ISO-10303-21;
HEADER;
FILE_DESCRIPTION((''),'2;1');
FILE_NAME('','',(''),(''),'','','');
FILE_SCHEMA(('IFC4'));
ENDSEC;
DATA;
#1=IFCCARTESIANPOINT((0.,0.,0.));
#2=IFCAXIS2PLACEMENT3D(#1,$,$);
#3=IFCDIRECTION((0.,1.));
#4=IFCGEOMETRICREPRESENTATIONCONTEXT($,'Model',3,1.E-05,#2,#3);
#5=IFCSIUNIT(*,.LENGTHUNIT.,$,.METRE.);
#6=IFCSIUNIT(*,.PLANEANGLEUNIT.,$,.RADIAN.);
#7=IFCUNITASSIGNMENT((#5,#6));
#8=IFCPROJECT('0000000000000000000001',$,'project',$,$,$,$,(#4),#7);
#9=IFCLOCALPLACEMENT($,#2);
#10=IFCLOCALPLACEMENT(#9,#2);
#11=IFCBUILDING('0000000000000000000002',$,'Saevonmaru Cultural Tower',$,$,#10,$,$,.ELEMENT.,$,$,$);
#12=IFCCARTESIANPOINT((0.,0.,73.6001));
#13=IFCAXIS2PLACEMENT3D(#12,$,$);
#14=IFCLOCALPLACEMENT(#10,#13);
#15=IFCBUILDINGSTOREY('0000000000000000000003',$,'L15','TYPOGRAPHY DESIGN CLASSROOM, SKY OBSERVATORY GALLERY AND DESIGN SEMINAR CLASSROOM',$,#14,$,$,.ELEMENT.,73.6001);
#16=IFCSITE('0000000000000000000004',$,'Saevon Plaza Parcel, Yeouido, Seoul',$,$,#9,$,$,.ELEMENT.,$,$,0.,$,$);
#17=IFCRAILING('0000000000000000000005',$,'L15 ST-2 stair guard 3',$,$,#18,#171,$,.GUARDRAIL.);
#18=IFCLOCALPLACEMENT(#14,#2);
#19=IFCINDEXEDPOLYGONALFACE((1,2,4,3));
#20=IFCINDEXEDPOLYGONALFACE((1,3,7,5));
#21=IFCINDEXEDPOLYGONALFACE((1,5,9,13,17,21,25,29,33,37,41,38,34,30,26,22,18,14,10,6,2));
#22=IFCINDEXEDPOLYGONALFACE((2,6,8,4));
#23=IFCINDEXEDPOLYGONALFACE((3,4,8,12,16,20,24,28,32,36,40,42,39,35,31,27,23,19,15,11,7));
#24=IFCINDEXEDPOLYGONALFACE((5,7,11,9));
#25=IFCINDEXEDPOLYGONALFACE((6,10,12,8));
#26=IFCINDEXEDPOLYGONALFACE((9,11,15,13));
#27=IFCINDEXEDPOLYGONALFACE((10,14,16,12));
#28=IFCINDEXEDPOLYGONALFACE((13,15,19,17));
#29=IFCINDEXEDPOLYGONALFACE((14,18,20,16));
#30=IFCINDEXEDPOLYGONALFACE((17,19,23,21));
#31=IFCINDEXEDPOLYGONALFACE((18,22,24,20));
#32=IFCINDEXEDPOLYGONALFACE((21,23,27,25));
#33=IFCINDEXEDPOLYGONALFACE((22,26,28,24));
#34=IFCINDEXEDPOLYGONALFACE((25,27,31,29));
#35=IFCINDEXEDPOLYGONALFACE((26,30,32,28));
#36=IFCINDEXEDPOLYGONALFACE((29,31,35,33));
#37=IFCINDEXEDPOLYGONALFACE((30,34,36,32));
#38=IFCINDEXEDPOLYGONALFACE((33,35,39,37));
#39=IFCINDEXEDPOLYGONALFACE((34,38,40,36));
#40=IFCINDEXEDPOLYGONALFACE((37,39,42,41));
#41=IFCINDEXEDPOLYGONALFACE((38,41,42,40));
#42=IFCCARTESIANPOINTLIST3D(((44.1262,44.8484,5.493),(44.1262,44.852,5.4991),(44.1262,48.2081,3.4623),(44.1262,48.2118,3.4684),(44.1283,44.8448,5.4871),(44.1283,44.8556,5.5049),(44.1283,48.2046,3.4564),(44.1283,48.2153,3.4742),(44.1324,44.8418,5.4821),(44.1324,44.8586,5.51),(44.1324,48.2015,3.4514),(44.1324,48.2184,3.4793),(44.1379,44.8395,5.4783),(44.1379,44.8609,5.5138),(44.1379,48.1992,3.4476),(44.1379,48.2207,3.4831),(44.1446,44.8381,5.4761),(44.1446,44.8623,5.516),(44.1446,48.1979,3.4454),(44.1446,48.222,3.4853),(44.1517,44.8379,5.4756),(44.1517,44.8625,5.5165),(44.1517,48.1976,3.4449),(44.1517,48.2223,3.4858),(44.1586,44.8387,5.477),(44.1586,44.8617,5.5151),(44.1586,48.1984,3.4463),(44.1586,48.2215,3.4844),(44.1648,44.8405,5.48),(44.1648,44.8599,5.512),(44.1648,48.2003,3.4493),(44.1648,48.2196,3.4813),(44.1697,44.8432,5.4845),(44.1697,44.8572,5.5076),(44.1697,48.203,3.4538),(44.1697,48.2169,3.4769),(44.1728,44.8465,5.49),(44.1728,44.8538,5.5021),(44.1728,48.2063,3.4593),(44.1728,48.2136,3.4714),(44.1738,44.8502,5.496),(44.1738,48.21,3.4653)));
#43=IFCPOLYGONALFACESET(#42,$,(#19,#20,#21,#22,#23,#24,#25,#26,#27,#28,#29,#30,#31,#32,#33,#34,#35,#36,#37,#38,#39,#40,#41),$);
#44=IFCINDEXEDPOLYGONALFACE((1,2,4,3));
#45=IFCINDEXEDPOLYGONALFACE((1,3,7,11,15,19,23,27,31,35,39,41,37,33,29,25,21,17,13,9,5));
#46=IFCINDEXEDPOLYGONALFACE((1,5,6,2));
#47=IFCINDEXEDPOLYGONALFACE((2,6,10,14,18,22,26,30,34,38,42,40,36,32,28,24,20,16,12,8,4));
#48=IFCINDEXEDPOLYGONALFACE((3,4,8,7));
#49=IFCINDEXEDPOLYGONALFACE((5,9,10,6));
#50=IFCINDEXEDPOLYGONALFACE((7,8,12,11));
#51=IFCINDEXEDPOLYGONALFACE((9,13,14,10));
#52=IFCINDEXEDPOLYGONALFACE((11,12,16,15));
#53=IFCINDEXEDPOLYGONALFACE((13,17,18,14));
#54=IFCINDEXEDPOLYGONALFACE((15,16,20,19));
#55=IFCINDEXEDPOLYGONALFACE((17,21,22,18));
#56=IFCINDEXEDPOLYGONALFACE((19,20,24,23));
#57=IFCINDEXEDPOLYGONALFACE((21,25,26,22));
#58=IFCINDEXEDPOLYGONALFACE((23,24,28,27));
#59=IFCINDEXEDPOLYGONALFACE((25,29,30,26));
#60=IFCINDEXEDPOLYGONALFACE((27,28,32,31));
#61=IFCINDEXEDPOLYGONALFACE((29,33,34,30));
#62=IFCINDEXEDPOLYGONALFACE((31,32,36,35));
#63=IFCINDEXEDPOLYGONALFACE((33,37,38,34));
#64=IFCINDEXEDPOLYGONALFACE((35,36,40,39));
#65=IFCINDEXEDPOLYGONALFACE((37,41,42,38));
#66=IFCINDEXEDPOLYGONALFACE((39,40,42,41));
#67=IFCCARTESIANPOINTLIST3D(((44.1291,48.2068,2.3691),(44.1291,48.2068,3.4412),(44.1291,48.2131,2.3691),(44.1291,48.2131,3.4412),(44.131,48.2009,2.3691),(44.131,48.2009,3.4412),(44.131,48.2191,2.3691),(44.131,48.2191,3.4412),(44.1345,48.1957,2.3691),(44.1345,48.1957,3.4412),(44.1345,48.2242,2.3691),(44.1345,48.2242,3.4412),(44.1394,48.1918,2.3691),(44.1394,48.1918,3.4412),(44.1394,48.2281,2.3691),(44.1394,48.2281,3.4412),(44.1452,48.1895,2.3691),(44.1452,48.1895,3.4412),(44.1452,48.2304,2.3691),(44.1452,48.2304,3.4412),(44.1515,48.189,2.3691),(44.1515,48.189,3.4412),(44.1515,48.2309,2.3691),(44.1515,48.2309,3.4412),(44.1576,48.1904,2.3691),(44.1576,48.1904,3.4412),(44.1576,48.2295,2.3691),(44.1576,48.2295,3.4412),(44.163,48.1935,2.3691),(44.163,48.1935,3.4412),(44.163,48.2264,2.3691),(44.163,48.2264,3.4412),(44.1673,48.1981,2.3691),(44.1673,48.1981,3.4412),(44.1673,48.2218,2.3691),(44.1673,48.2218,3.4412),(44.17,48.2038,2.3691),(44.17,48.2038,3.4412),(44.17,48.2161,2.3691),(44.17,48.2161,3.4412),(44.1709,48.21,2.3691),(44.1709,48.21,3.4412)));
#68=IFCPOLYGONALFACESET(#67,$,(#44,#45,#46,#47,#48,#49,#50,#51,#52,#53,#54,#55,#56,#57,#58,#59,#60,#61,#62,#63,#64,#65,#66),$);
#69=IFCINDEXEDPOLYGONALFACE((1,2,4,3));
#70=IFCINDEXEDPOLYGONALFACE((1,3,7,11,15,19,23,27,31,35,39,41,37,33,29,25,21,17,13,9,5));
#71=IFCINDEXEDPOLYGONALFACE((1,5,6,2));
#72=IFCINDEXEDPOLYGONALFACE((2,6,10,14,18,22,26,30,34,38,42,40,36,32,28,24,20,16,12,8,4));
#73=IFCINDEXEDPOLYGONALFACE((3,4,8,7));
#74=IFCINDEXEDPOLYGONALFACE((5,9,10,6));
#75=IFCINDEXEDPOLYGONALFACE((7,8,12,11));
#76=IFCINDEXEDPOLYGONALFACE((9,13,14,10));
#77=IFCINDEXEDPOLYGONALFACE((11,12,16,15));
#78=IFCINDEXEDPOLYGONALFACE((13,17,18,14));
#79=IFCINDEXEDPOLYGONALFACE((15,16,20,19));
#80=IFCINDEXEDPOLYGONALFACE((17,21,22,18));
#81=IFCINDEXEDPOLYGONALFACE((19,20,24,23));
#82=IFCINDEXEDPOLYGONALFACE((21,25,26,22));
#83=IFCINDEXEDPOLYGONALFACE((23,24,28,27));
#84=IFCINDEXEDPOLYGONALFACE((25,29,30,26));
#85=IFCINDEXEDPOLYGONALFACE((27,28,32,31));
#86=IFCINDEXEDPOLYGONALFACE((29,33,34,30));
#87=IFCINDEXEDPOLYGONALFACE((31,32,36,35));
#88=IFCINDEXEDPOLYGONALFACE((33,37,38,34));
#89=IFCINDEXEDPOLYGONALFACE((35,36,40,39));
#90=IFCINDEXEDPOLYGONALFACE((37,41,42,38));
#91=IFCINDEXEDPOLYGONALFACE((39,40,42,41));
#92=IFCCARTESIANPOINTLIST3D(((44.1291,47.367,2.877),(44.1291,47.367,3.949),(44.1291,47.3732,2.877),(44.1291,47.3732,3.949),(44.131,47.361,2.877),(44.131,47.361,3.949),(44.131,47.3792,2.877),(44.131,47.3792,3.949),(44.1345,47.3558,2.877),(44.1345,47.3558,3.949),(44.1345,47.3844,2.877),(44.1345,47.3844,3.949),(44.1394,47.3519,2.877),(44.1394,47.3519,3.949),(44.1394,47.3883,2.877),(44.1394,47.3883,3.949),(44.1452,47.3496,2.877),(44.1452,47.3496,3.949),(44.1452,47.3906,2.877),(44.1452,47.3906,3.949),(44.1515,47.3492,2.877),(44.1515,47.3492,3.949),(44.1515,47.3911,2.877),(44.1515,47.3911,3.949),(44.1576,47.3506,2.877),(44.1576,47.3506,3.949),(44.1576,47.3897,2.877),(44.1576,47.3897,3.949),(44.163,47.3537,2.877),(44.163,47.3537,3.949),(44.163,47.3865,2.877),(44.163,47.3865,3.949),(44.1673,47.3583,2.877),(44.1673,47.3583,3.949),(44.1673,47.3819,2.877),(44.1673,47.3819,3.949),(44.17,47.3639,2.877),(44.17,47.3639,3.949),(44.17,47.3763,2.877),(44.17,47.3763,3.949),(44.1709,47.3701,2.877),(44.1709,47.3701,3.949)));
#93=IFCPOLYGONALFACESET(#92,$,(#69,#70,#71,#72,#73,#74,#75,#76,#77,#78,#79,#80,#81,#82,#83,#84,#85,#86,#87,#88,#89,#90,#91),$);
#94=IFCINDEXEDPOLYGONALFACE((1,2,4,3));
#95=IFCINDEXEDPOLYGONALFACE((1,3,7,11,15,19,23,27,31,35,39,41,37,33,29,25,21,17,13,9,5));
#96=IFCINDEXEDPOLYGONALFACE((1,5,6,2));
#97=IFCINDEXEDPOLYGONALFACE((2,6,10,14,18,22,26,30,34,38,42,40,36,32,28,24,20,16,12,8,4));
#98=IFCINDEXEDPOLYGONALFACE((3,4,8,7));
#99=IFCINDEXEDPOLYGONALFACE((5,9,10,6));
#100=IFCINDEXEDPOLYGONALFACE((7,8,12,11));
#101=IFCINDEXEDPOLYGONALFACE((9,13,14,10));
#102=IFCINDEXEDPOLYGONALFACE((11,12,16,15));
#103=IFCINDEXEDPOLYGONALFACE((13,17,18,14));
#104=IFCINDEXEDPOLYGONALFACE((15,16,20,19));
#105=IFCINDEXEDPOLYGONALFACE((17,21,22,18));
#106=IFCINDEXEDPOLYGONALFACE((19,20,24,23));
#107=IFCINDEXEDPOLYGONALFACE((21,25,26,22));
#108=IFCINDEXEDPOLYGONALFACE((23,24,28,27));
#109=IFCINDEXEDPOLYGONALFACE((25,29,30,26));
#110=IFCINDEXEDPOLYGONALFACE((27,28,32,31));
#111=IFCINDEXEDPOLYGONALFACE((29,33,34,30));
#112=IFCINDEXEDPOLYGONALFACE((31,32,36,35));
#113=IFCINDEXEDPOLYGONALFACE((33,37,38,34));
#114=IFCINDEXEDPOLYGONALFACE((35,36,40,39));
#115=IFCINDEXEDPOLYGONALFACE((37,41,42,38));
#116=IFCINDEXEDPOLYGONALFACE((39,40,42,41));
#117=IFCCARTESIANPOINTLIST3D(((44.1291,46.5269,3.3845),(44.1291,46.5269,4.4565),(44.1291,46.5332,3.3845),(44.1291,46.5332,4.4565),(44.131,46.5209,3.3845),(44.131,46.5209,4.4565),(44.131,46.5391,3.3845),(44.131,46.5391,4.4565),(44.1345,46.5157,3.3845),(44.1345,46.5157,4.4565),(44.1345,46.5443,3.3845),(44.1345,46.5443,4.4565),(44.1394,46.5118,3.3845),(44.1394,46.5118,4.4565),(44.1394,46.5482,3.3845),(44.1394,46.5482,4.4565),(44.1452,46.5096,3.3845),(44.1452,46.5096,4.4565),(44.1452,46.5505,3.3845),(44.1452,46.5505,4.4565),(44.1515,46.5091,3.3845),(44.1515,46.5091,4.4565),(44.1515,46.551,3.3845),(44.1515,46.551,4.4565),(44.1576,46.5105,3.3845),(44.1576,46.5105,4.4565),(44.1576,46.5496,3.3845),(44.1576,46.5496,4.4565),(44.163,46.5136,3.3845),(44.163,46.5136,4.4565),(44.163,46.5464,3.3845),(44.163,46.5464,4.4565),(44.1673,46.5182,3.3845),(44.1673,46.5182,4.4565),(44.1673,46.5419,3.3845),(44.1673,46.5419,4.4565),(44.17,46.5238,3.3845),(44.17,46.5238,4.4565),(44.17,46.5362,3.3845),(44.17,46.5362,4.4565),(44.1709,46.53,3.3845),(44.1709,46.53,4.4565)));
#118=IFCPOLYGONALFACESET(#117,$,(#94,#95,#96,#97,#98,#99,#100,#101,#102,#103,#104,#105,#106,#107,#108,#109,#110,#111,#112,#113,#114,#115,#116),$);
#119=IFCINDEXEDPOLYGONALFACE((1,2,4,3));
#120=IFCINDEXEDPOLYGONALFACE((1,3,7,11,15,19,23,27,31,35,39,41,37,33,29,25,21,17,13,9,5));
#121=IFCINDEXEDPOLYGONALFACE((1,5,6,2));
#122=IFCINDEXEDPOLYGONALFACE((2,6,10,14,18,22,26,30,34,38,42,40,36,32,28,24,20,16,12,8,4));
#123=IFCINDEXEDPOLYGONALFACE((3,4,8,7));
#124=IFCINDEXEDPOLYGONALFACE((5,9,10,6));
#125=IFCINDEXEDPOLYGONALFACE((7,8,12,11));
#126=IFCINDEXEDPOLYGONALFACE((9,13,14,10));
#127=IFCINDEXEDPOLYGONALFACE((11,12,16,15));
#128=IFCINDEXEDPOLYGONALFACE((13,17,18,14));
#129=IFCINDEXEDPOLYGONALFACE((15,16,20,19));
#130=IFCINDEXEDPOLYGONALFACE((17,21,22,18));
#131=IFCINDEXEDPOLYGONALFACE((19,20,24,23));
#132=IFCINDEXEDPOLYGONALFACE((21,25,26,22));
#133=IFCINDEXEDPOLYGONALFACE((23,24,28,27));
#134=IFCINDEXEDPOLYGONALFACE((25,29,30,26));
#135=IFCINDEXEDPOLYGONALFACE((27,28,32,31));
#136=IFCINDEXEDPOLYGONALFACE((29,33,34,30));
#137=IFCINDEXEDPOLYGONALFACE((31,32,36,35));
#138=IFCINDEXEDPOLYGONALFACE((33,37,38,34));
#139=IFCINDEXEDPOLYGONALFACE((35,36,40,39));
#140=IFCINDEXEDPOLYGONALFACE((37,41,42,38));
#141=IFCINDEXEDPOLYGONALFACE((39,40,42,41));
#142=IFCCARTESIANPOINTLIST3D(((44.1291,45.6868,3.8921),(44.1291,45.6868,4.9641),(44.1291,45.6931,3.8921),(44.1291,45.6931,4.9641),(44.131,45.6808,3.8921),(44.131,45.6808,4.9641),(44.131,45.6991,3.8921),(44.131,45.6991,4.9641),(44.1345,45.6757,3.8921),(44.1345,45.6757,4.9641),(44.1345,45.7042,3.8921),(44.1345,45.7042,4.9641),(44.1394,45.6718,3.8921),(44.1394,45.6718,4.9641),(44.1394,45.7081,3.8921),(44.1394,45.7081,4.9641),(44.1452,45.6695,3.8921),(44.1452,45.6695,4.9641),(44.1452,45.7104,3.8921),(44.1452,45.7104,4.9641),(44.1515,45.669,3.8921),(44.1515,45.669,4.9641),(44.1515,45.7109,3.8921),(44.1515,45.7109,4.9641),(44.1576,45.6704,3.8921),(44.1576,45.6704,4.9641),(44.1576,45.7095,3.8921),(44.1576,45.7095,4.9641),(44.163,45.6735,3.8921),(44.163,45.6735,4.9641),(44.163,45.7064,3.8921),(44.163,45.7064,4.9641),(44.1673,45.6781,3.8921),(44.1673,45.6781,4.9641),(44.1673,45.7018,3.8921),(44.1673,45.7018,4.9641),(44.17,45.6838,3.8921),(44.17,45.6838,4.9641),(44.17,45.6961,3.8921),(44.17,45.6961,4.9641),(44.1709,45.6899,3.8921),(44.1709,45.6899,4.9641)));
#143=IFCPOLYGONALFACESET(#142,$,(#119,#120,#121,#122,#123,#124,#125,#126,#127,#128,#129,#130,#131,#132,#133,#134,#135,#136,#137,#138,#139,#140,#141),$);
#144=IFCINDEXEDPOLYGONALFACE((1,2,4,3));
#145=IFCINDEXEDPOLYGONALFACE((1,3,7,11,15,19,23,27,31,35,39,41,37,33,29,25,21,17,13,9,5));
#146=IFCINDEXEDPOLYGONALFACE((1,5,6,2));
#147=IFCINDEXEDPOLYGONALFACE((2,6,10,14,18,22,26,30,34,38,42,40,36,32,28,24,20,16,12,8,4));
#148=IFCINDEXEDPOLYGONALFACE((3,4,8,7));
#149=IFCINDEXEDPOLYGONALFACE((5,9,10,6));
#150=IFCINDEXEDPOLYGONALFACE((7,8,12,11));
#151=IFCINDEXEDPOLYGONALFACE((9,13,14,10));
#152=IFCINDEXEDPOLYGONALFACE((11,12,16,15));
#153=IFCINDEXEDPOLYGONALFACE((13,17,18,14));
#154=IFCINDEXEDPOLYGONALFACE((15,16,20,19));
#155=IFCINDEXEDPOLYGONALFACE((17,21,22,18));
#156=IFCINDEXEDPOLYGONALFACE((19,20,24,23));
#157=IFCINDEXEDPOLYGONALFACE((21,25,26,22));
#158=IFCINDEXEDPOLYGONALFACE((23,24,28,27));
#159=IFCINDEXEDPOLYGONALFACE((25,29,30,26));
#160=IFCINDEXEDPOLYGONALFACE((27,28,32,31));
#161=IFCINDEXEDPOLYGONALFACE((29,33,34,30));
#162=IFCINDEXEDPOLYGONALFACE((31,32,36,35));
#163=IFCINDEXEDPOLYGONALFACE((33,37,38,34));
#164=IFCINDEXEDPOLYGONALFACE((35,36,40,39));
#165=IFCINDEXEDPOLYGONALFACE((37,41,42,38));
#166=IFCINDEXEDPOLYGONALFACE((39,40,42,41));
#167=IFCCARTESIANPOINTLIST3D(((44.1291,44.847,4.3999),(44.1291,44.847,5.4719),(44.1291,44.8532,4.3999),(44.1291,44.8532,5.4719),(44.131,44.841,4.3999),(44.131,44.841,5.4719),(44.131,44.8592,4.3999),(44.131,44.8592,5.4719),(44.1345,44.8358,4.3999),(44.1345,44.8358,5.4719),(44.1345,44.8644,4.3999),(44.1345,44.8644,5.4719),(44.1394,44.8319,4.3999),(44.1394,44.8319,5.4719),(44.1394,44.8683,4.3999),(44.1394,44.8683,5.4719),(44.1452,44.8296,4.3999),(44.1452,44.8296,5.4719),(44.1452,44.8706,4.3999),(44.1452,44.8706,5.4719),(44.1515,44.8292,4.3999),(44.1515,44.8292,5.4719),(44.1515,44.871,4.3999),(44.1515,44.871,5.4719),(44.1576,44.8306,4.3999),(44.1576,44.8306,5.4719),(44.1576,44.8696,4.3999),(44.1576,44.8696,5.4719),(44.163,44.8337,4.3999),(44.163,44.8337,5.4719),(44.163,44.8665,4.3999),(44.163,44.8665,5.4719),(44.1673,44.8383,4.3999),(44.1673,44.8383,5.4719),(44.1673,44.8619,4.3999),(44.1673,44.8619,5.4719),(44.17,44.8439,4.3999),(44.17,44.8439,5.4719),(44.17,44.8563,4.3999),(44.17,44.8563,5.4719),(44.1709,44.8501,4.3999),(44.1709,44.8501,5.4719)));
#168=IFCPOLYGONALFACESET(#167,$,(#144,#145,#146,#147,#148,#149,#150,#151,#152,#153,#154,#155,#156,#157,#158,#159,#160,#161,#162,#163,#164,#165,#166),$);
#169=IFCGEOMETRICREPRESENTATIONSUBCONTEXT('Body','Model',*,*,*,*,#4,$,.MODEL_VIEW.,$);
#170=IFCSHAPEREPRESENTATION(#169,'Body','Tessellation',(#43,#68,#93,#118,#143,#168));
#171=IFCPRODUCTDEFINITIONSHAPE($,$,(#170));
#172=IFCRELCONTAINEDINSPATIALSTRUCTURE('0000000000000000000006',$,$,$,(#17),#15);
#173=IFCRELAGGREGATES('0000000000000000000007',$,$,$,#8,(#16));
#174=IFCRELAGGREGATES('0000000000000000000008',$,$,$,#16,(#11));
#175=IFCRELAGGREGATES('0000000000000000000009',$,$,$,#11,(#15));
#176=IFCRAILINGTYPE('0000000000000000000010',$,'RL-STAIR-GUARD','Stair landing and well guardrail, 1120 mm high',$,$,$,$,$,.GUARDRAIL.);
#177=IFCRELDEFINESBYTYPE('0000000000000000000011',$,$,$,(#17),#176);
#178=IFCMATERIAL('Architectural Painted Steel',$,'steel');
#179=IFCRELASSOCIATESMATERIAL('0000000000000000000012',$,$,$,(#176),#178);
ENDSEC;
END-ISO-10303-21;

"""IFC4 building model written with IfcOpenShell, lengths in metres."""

from ifc_helpers import new_model, si_unit, direction, frame, origin, origin_2d, place, context, subcontext, project, spatial, circle, extrude, material, type_object, element, save


model = new_model("IFC4")

# Units and contexts
model_context = context("Model", 3, precision=1e-05, world=origin(), true_north=direction((0.0, 1.0)))
body_context = subcontext(model_context, "Body", "Model", "MODEL_VIEW")
ifc_project = project(units=[si_unit("LENGTHUNIT", "METRE"), si_unit("PLANEANGLEUNIT", "RADIAN")], contexts=[model_context])

# Site, building, storey
site_placement = place(None, origin())
site = spatial("IfcSite", under=ifc_project, at=site_placement, Name="Saevon Plaza Parcel, Yeouido, Seoul", CompositionType="ELEMENT", RefElevation=0.0)
building_placement = place(site_placement, origin())
building = spatial("IfcBuilding", under=site, at=building_placement, Name="Saevonmaru Cultural Tower", CompositionType="ELEMENT")
storey_placement = place(building_placement, frame((0.0, 0.0, 73.6001)))
storey = spatial("IfcBuildingStorey", under=building, at=storey_placement, Name="L15", Description="TYPOGRAPHY DESIGN CLASSROOM, SKY OBSERVATORY GALLERY AND DESIGN SEMINAR CLASSROOM", CompositionType="ELEMENT", Elevation=73.6001)

# Railing
ifc_material_1 = material(Name="Architectural Painted Steel", Category="steel")
railing_type_1 = type_object("IfcRailingType", Name="RL-STAIR-GUARD", Description="Stair landing and well guardrail, 1120 mm high", PredefinedType="GUARDRAIL", material=ifc_material_1)
railing_1_placement = place(storey_placement, frame((44.1499, 48.21, 2.3691)))
element("IfcRailing", 1, at=railing_1_placement, inside=storey, type_object=railing_type_1, Name="L15 ST-2 stair guard 3", PredefinedType="GUARDRAIL", context=body_context, shape_type="SweptSolid", body=[
    extrude(circle(Radius=0.0239, at=origin_2d()), frame((0.0, 0.0, 1.0962), z_axis=(0.0, -0.85582, 0.517273), x_axis=(1.0, 0.0, 0.0)), (0.0, 0.0, 1.0), 3.9258),
    extrude(circle(Radius=0.021, at=origin_2d()), origin(), (0.0, 0.0, 1.0), 1.072),
    extrude(circle(Radius=0.021, at=origin_2d()), frame((0.0, -0.8398, 0.5078)), (0.0, 0.0, 1.0), 1.072),
    extrude(circle(Radius=0.021, at=origin_2d()), frame((0.0, -1.6799, 1.0154)), (0.0, 0.0, 1.0), 1.072),
    extrude(circle(Radius=0.021, at=origin_2d()), frame((0.0, -2.52, 1.5229)), (0.0, 0.0, 1.0), 1.072),
    extrude(circle(Radius=0.021, at=origin_2d()), frame((0.0, -3.3599, 2.0308)), (0.0, 0.0, 1.0), 1.072),
])

save(model, "model.ifc")
